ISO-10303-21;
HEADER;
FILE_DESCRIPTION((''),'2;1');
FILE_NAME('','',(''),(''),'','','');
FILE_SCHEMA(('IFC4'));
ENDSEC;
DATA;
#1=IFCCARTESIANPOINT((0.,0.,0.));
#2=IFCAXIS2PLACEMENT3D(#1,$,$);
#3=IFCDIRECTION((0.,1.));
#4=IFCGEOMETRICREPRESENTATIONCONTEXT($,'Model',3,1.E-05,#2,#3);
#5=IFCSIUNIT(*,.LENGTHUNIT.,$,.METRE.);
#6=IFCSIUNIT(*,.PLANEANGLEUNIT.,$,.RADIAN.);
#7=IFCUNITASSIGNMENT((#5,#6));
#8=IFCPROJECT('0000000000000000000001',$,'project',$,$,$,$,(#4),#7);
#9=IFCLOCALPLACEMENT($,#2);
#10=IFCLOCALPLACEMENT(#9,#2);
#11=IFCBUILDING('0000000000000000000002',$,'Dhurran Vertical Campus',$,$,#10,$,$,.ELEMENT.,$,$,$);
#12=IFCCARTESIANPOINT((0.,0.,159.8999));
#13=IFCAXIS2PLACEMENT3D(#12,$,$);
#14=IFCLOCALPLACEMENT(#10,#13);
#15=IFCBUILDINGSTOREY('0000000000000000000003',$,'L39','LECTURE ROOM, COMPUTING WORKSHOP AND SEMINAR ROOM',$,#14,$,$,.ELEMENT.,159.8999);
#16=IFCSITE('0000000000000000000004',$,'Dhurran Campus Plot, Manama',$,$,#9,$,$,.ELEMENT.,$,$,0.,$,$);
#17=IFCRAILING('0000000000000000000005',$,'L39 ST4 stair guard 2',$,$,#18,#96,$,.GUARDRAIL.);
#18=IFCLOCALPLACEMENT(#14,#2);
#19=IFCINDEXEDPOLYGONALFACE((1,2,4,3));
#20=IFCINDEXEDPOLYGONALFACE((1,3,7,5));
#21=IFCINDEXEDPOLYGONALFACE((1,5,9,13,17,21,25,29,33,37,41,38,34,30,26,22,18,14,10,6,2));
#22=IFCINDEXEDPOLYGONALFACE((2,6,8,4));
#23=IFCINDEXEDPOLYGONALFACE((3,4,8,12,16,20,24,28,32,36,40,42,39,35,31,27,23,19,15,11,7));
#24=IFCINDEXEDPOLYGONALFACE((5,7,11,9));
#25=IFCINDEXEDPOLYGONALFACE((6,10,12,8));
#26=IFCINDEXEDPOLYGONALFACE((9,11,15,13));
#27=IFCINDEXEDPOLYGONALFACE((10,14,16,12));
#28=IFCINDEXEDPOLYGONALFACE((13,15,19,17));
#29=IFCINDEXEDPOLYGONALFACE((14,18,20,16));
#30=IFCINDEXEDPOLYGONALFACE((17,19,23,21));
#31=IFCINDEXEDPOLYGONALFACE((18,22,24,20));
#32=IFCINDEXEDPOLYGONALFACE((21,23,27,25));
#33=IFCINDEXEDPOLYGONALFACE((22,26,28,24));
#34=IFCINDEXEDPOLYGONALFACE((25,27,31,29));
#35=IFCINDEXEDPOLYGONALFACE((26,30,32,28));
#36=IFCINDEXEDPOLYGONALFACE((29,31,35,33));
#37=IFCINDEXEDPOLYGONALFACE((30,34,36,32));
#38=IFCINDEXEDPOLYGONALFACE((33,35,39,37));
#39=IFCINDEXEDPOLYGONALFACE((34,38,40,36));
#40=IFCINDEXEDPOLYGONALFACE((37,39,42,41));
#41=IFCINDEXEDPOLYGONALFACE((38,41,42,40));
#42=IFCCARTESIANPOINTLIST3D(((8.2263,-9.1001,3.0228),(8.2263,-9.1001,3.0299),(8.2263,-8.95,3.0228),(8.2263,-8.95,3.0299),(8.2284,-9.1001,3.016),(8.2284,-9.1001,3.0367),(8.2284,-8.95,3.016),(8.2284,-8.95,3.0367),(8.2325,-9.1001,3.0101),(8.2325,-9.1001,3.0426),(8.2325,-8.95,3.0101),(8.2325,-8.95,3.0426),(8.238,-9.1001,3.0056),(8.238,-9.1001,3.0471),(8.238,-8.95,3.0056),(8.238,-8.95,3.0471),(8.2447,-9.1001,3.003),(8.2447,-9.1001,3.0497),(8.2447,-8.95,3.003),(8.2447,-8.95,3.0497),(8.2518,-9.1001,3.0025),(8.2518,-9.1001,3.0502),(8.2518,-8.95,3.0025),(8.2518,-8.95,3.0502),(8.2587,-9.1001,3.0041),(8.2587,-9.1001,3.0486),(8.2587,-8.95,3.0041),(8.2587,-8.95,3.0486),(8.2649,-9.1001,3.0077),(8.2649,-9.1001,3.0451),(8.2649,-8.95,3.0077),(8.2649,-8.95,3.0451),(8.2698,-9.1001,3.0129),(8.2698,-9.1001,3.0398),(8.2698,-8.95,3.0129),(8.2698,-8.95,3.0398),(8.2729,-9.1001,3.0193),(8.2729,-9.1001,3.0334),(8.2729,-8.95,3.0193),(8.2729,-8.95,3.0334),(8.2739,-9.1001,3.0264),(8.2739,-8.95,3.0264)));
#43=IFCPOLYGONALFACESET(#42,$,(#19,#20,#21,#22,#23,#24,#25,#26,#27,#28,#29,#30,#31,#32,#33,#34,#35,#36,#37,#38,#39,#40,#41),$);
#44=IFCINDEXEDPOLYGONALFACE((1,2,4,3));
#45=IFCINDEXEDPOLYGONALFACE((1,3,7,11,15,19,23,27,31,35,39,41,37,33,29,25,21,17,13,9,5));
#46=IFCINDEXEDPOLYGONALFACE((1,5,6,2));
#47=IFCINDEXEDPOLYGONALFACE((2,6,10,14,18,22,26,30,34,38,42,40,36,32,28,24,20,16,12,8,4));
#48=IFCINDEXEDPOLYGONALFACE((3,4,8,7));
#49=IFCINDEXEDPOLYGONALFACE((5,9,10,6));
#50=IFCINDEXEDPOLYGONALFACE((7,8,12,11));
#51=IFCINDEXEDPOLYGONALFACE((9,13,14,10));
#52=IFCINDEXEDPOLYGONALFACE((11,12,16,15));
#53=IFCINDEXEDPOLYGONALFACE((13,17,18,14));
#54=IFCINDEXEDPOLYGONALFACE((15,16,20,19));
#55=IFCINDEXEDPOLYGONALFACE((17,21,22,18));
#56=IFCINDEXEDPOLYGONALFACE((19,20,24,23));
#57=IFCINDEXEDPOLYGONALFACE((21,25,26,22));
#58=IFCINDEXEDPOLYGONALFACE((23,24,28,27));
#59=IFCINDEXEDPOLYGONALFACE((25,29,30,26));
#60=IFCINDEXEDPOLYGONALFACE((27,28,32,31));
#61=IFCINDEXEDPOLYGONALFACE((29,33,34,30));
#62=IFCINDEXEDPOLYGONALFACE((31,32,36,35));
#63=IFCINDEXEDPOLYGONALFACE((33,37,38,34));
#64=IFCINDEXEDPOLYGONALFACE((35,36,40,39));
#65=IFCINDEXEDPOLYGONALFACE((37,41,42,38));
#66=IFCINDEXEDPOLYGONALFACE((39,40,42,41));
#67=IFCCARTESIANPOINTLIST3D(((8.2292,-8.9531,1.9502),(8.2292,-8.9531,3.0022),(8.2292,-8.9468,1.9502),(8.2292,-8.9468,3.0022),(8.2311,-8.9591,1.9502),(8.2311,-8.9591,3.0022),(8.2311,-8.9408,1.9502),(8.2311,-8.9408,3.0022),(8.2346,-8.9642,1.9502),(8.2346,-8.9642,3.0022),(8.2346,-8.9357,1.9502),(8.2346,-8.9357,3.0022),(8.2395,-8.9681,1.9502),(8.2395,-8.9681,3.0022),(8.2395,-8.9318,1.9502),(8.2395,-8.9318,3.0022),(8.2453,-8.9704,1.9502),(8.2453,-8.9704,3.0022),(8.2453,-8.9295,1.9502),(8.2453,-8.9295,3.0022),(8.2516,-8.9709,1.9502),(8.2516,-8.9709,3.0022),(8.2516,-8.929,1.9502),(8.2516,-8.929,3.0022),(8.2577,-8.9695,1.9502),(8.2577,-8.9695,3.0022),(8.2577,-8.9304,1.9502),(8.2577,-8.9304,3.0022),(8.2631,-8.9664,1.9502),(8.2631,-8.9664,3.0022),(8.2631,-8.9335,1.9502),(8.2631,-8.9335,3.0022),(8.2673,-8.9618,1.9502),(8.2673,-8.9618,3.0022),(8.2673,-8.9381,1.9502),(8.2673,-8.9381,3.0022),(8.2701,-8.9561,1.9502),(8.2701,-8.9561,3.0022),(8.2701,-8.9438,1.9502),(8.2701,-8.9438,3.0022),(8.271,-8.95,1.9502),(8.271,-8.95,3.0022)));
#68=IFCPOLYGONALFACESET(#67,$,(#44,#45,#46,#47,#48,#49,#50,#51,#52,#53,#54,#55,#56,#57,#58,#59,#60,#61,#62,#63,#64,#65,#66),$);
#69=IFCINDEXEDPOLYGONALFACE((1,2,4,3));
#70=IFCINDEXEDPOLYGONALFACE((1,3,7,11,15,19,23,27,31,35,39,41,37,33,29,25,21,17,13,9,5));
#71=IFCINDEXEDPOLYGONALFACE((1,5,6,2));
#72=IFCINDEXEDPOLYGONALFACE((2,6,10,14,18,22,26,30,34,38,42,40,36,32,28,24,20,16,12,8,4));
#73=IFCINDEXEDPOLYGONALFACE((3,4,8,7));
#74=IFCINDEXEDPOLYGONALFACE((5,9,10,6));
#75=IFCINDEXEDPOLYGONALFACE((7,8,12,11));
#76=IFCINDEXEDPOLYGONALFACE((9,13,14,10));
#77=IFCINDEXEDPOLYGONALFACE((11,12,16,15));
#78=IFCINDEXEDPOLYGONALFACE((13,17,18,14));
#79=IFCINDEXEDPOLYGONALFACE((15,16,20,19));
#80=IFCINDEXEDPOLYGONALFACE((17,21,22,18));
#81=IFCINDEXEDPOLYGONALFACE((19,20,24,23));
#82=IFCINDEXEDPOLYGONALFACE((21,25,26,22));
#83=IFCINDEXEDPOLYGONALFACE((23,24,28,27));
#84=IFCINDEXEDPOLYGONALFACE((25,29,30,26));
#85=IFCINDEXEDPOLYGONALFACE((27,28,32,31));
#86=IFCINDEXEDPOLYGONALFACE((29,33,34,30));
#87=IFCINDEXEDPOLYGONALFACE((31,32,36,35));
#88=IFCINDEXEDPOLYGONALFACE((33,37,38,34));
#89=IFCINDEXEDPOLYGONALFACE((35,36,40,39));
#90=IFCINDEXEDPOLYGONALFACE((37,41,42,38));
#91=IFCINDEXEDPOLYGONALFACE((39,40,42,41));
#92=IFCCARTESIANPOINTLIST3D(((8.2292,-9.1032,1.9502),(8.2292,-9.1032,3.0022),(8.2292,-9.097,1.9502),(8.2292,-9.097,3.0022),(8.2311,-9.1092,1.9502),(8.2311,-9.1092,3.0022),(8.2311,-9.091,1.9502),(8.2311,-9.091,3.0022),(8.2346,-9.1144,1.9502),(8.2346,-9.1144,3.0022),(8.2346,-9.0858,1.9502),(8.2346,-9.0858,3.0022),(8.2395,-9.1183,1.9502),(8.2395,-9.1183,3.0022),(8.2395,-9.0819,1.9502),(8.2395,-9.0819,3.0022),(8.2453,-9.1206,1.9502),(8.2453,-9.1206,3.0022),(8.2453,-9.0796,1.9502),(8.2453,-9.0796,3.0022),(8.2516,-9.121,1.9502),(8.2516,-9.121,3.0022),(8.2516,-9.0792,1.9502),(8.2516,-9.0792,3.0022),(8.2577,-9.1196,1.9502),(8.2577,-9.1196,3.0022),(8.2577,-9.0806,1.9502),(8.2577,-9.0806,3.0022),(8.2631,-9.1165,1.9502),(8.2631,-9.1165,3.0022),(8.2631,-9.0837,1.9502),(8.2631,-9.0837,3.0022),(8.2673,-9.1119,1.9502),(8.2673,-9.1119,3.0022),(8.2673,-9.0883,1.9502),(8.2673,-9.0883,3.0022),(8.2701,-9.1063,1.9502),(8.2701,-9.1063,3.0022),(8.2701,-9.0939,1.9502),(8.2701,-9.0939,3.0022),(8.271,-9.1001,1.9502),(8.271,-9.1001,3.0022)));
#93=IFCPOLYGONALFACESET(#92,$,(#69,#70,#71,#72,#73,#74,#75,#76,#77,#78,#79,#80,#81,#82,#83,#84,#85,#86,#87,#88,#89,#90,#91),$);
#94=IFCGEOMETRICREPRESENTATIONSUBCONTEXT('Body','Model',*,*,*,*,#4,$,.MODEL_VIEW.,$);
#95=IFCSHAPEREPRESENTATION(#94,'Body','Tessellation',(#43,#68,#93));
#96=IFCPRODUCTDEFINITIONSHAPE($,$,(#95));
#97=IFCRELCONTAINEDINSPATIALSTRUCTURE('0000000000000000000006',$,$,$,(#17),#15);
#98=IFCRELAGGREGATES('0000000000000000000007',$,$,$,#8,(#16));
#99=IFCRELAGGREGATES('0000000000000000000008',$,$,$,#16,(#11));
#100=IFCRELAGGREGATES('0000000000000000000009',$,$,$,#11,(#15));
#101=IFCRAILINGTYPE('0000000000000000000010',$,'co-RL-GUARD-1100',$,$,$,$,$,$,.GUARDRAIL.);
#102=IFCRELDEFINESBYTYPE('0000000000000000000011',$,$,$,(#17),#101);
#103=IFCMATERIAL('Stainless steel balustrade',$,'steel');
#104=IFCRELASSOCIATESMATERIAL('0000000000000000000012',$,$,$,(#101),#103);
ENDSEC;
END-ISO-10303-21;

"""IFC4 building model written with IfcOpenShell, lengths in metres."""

from ifc_helpers import new_model, si_unit, direction, frame, origin, origin_2d, place, context, subcontext, project, spatial, circle, extrude, material, type_object, element, save


model = new_model("IFC4")

# Units and contexts
model_context = context("Model", 3, precision=1e-05, world=origin(), true_north=direction((0.0, 1.0)))
body_context = subcontext(model_context, "Body", "Model", "MODEL_VIEW")
ifc_project = project(units=[si_unit("LENGTHUNIT", "METRE"), si_unit("PLANEANGLEUNIT", "RADIAN")], contexts=[model_context])

# Site, building, storey
site_placement = place(None, origin())
site = spatial("IfcSite", under=ifc_project, at=site_placement, Name="Dhurran Campus Plot, Manama", CompositionType="ELEMENT", RefElevation=0.0)
building_placement = place(site_placement, origin())
building = spatial("IfcBuilding", under=site, at=building_placement, Name="Dhurran Vertical Campus", CompositionType="ELEMENT")
storey_placement = place(building_placement, frame((0.0, 0.0, 159.8999)))
storey = spatial("IfcBuildingStorey", under=building, at=storey_placement, Name="L39", Description="LECTURE ROOM, COMPUTING WORKSHOP AND SEMINAR ROOM", CompositionType="ELEMENT", Elevation=159.8999)

# Railing
ifc_material_1 = material(Name="Stainless steel balustrade", Category="steel")
railing_type_1 = type_object("IfcRailingType", Name="co-RL-GUARD-1100", PredefinedType="GUARDRAIL", material=ifc_material_1)
railing_1_placement = place(storey_placement, frame((8.25, -8.95, 1.9502)))
element("IfcRailing", 1, at=railing_1_placement, inside=storey, type_object=railing_type_1, Name="L39 ST4 stair guard 2", PredefinedType="GUARDRAIL", context=body_context, shape_type="SweptSolid", body=[
    extrude(circle(Radius=0.0239, at=origin_2d()), frame((0.0, 0.0, 1.0762), z_axis=(0.0, -1.0, 0.0), x_axis=(1.0, 0.0, 0.0)), (0.0, 0.0, 1.0), 0.1501),
    extrude(circle(Radius=0.021, at=origin_2d()), origin(), (0.0, 0.0, 1.0), 1.052),
    extrude(circle(Radius=0.021, at=origin_2d()), frame((0.0, -0.1501, 0.0)), (0.0, 0.0, 1.0), 1.052),
])

save(model, "model.ifc")
